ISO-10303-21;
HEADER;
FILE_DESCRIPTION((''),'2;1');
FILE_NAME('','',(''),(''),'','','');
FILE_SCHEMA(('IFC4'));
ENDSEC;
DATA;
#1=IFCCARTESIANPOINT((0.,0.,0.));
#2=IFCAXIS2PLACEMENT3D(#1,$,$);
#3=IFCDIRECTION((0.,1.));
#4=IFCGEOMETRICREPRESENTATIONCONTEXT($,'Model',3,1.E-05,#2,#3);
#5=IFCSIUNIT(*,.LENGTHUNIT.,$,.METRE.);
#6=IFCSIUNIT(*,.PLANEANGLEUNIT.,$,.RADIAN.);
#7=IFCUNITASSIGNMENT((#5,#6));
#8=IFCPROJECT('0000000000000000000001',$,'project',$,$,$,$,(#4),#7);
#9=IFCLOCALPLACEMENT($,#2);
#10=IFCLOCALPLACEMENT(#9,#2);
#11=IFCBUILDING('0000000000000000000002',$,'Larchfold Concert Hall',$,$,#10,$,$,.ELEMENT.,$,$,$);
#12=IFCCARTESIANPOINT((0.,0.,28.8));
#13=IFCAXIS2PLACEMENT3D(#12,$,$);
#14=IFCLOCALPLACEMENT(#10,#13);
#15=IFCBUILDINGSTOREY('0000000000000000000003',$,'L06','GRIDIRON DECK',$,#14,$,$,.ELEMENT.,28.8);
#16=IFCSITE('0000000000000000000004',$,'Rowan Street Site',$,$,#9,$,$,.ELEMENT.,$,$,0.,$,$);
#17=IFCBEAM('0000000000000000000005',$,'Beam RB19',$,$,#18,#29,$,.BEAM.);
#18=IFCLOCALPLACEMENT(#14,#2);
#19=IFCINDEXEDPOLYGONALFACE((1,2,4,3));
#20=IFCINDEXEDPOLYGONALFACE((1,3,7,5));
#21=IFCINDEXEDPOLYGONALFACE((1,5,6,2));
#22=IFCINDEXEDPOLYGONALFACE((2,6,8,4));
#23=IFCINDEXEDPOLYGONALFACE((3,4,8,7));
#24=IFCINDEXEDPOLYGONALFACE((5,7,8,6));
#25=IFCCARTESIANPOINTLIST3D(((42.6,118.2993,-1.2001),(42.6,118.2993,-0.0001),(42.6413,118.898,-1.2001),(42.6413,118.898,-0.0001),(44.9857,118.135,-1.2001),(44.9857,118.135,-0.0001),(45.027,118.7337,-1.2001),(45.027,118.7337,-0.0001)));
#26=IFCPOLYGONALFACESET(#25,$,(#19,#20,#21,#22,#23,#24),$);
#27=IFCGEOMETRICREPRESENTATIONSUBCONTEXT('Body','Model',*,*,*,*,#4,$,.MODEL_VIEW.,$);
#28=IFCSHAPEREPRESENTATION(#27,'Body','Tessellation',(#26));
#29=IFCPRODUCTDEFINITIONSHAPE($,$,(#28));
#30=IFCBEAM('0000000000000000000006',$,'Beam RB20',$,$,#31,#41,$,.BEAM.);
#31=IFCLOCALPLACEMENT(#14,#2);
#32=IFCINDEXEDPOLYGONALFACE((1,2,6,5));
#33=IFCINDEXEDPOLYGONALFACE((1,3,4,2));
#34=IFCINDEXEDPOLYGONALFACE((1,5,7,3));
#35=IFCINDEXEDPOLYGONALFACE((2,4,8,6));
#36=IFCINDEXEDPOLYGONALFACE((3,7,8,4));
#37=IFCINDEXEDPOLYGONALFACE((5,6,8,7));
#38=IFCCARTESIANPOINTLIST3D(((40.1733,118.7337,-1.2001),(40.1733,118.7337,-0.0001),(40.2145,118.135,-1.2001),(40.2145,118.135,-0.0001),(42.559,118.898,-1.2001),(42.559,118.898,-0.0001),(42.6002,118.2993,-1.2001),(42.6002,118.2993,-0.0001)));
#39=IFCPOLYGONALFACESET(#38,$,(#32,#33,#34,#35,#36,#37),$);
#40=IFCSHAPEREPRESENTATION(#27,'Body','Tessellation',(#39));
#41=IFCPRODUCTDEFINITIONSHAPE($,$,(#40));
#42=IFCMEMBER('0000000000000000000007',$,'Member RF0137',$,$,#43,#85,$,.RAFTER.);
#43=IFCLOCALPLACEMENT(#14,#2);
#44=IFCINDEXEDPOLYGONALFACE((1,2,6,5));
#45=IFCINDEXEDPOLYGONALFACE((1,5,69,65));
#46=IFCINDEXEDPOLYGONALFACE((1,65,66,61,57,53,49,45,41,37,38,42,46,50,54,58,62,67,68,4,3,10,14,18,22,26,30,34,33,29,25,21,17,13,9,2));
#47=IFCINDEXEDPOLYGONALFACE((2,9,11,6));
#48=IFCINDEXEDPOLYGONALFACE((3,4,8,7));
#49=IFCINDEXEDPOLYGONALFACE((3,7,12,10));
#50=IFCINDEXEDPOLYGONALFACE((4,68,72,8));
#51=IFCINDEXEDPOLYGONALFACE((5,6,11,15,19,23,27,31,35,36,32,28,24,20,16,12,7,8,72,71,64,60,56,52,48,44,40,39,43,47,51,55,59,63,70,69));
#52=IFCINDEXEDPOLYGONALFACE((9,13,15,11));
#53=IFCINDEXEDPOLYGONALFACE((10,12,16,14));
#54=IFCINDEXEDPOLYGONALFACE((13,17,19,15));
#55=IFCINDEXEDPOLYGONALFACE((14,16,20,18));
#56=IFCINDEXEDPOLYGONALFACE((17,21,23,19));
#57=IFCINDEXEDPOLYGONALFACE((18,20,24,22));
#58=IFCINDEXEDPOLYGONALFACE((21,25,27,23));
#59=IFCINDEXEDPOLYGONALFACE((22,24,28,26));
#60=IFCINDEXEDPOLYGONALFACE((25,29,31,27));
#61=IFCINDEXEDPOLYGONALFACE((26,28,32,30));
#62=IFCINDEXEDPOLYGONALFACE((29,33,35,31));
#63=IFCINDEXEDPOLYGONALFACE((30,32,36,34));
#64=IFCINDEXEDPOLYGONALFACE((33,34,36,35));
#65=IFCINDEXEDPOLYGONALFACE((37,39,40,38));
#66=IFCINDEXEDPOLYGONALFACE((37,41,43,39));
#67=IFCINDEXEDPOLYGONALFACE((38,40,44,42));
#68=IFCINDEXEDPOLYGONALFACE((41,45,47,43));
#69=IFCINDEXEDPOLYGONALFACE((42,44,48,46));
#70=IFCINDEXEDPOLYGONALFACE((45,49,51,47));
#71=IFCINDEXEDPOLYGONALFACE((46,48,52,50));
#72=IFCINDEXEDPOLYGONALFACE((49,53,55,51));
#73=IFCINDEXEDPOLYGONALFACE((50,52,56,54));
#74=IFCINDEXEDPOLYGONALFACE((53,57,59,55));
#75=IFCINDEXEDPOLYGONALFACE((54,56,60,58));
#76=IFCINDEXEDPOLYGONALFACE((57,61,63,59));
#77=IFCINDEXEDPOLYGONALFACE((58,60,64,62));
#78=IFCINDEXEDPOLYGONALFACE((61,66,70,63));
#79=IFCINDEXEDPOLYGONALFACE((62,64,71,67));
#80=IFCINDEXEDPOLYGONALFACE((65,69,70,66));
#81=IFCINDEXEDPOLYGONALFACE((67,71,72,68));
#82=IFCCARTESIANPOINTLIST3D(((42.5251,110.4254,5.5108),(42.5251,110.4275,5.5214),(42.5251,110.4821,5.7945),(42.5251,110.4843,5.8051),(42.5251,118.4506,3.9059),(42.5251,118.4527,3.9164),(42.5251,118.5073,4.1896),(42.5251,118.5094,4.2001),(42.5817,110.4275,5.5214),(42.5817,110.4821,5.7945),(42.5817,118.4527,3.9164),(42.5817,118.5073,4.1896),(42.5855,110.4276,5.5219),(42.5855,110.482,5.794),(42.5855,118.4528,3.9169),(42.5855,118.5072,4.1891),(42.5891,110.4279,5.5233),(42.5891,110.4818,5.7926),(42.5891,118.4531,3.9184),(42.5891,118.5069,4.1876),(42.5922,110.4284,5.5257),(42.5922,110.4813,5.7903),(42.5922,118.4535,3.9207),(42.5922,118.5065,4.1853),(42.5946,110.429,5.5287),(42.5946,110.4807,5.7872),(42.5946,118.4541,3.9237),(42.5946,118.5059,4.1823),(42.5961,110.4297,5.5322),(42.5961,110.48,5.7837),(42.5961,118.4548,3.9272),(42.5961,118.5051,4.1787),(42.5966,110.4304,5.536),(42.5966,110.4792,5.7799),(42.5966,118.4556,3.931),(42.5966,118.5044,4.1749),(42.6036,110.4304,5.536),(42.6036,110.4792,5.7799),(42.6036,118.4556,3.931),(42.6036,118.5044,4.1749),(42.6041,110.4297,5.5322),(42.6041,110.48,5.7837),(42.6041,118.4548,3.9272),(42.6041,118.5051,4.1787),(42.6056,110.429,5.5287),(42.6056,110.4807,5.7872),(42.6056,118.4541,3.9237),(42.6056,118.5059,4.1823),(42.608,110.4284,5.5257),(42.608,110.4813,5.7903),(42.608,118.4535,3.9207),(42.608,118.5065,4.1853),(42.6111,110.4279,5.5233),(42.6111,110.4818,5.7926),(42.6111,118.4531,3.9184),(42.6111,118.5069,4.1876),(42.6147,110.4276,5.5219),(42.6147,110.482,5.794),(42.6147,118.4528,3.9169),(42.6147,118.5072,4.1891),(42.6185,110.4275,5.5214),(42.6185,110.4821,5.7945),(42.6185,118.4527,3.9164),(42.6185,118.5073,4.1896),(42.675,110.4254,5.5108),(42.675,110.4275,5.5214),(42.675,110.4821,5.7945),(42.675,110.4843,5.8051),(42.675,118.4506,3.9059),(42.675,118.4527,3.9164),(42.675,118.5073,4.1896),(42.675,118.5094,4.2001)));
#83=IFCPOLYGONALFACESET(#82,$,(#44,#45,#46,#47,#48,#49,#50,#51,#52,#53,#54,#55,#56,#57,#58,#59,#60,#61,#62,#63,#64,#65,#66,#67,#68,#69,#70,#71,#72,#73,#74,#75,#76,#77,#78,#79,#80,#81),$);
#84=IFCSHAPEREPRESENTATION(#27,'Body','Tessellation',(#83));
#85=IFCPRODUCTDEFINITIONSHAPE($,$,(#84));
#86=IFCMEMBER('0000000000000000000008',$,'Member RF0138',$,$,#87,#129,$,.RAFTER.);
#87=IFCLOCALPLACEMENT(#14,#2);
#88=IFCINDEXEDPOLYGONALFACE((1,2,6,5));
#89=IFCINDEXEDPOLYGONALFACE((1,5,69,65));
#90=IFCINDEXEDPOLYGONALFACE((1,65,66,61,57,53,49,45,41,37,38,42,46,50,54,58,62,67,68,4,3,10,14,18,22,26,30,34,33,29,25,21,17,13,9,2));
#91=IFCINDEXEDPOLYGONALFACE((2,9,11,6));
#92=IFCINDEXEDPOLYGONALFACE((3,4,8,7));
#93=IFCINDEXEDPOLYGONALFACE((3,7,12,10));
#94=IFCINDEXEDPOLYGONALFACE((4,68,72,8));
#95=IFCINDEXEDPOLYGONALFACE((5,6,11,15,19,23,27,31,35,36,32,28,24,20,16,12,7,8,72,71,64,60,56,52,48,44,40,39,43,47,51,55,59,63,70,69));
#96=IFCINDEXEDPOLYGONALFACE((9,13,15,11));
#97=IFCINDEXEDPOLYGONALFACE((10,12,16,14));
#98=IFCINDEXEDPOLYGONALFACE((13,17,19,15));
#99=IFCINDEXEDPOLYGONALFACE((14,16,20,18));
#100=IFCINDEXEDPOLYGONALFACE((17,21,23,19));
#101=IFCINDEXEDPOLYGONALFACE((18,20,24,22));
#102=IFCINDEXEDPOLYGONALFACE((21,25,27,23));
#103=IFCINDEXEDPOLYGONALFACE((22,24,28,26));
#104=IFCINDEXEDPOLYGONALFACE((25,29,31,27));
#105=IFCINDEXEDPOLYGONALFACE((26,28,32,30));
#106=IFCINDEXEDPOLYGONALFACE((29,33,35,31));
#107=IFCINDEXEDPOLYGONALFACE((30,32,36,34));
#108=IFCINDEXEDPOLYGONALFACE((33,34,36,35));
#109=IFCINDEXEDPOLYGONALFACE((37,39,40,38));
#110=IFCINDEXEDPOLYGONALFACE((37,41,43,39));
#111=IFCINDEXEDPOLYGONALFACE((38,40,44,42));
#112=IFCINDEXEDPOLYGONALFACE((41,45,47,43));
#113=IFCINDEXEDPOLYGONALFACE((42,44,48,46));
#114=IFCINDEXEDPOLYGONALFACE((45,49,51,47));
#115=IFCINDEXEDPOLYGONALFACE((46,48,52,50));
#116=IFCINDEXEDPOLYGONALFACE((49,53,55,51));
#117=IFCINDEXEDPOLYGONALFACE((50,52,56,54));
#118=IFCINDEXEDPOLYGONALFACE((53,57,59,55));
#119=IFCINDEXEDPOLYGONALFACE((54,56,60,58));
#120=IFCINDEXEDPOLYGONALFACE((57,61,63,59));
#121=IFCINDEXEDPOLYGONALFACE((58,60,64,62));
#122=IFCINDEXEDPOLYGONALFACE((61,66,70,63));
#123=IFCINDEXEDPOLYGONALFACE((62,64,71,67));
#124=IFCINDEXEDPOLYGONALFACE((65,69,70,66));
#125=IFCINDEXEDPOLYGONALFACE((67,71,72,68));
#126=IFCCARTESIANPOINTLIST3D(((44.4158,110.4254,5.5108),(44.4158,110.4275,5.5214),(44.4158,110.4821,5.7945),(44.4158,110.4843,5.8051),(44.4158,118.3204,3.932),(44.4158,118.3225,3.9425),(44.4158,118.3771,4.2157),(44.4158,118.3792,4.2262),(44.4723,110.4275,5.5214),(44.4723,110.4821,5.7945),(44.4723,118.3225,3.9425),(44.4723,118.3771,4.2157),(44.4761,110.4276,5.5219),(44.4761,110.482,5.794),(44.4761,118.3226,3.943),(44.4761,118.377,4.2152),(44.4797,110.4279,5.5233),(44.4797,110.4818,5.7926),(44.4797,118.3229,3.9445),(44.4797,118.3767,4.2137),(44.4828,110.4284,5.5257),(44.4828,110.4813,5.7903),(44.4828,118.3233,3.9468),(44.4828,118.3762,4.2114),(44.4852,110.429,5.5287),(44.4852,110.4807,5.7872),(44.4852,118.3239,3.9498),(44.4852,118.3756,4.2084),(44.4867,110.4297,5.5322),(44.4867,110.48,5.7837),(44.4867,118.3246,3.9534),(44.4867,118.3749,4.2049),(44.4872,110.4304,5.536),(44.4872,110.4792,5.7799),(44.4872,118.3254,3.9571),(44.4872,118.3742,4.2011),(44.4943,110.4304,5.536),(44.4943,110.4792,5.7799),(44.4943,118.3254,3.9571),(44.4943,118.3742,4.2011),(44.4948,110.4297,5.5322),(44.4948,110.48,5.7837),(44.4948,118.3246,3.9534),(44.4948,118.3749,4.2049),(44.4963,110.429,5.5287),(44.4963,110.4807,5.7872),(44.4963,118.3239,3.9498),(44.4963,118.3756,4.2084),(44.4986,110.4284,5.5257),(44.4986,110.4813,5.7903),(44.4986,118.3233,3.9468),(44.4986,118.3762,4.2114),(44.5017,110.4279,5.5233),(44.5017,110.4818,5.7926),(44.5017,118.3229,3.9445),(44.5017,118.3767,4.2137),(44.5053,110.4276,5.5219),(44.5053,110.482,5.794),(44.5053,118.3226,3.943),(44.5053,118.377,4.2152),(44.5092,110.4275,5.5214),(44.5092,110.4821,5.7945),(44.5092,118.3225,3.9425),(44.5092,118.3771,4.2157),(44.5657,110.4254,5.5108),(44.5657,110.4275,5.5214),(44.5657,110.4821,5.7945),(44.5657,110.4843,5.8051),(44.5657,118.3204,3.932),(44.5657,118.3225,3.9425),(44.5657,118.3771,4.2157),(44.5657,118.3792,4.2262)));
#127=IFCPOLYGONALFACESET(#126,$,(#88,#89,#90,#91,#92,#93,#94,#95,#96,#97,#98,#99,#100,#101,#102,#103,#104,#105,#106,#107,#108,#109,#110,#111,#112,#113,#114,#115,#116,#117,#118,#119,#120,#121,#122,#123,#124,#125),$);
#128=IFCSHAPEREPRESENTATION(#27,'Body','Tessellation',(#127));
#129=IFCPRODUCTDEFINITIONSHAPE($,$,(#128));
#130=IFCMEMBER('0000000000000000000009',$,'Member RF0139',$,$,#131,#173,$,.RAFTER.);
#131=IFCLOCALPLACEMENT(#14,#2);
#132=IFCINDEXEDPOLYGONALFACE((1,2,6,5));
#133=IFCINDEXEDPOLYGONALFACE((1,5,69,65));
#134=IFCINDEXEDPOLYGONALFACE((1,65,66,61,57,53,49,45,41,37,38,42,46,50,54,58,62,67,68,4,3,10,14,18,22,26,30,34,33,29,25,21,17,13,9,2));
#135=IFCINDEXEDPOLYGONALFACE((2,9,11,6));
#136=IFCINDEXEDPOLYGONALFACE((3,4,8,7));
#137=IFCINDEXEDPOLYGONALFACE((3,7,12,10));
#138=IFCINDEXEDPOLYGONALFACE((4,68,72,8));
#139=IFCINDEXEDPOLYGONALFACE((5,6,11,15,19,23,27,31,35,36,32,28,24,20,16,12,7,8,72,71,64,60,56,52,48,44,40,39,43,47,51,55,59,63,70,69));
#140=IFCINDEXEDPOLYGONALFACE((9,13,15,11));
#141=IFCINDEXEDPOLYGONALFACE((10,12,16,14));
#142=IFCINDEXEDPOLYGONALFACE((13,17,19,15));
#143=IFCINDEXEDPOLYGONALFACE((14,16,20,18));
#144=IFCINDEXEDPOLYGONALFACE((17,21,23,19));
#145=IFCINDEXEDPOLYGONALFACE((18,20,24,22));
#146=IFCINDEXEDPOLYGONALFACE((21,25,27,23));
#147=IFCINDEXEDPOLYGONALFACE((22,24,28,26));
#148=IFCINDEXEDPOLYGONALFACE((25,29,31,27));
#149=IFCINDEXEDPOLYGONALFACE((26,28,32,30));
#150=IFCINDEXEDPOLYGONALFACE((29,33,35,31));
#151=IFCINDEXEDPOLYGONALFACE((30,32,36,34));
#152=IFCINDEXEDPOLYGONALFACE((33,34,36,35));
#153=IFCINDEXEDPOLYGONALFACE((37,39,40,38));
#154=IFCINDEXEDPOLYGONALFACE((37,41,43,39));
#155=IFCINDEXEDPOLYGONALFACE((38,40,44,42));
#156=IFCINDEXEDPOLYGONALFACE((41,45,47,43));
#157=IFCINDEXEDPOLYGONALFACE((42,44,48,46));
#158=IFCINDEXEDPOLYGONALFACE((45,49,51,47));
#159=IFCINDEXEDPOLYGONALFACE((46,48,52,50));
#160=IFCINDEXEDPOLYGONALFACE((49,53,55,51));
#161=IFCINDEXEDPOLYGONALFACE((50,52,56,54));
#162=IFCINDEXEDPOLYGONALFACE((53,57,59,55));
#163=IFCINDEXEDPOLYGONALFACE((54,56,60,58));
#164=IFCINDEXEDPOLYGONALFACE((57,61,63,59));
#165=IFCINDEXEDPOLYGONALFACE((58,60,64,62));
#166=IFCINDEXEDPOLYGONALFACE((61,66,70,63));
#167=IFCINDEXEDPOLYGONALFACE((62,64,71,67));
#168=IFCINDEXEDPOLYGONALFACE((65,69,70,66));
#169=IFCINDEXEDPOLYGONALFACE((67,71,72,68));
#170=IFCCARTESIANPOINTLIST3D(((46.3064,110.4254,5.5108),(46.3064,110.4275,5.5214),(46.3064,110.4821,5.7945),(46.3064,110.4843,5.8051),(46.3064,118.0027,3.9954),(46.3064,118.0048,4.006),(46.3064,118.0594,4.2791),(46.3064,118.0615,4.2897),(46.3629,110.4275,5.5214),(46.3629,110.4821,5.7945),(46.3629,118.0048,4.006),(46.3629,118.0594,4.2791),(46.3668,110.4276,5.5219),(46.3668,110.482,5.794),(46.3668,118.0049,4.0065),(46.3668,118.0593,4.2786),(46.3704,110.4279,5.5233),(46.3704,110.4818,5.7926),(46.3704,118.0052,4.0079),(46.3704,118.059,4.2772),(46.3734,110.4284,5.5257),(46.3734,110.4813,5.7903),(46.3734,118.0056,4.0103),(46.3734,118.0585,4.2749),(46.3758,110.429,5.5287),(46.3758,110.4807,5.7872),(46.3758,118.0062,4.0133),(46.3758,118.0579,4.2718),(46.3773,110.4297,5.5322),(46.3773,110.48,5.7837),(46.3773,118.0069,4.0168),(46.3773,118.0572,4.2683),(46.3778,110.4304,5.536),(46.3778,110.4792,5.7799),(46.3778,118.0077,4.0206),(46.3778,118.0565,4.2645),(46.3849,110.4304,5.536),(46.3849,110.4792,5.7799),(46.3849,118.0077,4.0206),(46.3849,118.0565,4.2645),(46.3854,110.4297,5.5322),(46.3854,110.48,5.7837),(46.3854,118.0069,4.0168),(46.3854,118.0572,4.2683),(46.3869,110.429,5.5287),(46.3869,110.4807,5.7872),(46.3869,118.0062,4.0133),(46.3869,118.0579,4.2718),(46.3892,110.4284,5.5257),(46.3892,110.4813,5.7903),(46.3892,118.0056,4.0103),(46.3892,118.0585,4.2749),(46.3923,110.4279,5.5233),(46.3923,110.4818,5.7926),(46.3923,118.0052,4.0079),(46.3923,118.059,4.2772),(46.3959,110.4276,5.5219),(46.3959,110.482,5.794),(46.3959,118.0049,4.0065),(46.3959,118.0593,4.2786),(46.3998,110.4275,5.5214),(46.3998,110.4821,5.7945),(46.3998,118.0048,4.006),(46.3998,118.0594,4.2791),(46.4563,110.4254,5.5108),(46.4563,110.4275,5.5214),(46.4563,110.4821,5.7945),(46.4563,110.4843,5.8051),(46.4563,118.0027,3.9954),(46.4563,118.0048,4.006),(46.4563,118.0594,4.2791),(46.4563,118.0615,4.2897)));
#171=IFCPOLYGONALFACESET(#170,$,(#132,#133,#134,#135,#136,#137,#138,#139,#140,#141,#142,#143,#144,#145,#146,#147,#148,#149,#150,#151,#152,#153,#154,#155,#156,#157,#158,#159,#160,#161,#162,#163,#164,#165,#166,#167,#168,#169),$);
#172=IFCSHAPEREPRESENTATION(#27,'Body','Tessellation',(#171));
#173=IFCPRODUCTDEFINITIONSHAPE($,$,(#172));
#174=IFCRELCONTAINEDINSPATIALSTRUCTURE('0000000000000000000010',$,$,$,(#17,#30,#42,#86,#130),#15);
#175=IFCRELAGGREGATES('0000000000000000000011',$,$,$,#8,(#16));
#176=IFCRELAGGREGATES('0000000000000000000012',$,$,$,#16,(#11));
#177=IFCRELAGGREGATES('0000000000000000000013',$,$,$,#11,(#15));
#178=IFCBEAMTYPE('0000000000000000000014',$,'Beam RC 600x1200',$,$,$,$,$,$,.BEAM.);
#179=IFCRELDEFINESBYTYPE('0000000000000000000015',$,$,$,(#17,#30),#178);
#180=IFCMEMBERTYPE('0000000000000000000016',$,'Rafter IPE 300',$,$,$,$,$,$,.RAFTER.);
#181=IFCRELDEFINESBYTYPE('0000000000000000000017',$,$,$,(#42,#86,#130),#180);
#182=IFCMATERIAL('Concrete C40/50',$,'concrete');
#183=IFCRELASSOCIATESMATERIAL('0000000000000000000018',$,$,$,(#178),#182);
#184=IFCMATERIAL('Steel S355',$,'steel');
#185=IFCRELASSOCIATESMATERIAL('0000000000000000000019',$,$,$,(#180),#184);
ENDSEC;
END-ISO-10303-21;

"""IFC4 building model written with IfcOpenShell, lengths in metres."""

from ifc_helpers import new_model, si_unit, direction, frame, origin, origin_2d, place, context, subcontext, project, spatial, rectangle, i_section, extrude, material, material_profile, profile_set, type_object, element, save


model = new_model("IFC4")

# Units and contexts
model_context = context("Model", 3, precision=1e-05, world=origin(), true_north=direction((0.0, 1.0)))
body_context = subcontext(model_context, "Body", "Model", "MODEL_VIEW")
ifc_project = project(units=[si_unit("LENGTHUNIT", "METRE"), si_unit("PLANEANGLEUNIT", "RADIAN")], contexts=[model_context])

# Site, building, storey
site_placement = place(None, origin())
site = spatial("IfcSite", under=ifc_project, at=site_placement, Name="Rowan Street Site", CompositionType="ELEMENT", RefElevation=0.0)
building_placement = place(site_placement, origin())
building = spatial("IfcBuilding", under=site, at=building_placement, Name="Larchfold Concert Hall", CompositionType="ELEMENT")
storey_placement = place(building_placement, frame((0.0, 0.0, 28.8)))
storey = spatial("IfcBuildingStorey", under=building, at=storey_placement, Name="L06", Description="GRIDIRON DECK", CompositionType="ELEMENT", Elevation=28.8)

# Beams
ifc_material_1 = material(Name="Concrete C40/50", Category="concrete")
ifc_material_profile_1 = material_profile(ifc_material_1, rectangle(XDim=0.6001, YDim=1.2, at=origin_2d()))
ifc_profile_set_1 = profile_set([ifc_material_profile_1], Name="Concrete C40/50")
beam_type_1 = type_object("IfcBeamType", Name="Beam RC 600x1200", PredefinedType="BEAM", material=ifc_profile_set_1)
for number, where, z_axis, x_axis, name in (
    (1, (45.0063, 118.4343, -0.6001), (-0.997637, 0.068707, 0.0), (-0.068707, -0.997637, 0.0), "Beam RB19"),
    (2, (42.5796, 118.5986, -0.6001), (-0.997637, -0.068707, 0.0), (0.068707, -0.997637, 0.0), "Beam RB20"),
):
    element("IfcBeam", number, at=place(storey_placement, frame(where, z_axis=z_axis, x_axis=x_axis)), inside=storey, type_object=beam_type_1, Name=name, PredefinedType="BEAM", context=body_context, shape_type="SweptSolid", body=[
        extrude(rectangle(XDim=0.6001, YDim=1.2, at=origin_2d()), origin(), (0.0, 0.0, 1.0), 2.3914),
    ])

# Members
ifc_material_2 = material(Name="Steel S355", Category="steel")
ifc_material_profile_2 = material_profile(ifc_material_2, i_section(OverallWidth=0.1499, OverallDepth=0.3, WebThickness=0.0071, FlangeThickness=0.0107, FilletRadius=0.0149, at=origin_2d()))
ifc_profile_set_2 = profile_set([ifc_material_profile_2], Name="Steel S355")
member_type_1 = type_object("IfcMemberType", Name="Rafter IPE 300", PredefinedType="RAFTER", material=ifc_profile_set_2)
member_1_placement = place(storey_placement, frame((42.6001, 110.4548, 5.658), z_axis=(0.0, 0.980582, -0.19611), x_axis=(-1.0, 0.0, 0.0)))
element("IfcMember", 3, at=member_1_placement, inside=storey, type_object=member_type_1, Name="Member RF0137", PredefinedType="RAFTER", context=body_context, shape_type="SweptSolid", body=[
    extrude(i_section(OverallWidth=0.1499, OverallDepth=0.3, WebThickness=0.0071, FlangeThickness=0.0107, FilletRadius=0.0149, at=origin_2d()), origin(), (0.0, 0.0, 1.0), 8.1841),
])
member_2_placement = place(storey_placement, frame((44.4907, 110.4548, 5.658), z_axis=(0.0, 0.980584, -0.196099), x_axis=(-1.0, 0.0, 0.0)))
element("IfcMember", 4, at=member_2_placement, inside=storey, type_object=member_type_1, Name="Member RF0138", PredefinedType="RAFTER", context=body_context, shape_type="SweptSolid", body=[
    extrude(i_section(OverallWidth=0.1499, OverallDepth=0.3, WebThickness=0.0071, FlangeThickness=0.0107, FilletRadius=0.0149, at=origin_2d()), origin(), (0.0, 0.0, 1.0), 8.0513),
])
member_3_placement = place(storey_placement, frame((46.3813, 110.4548, 5.658), z_axis=(0.0, 0.980582, -0.19611), x_axis=(-1.0, 0.0, 0.0)))
element("IfcMember", 5, at=member_3_placement, inside=storey, type_object=member_type_1, Name="Member RF0139", PredefinedType="RAFTER", context=body_context, shape_type="SweptSolid", body=[
    extrude(i_section(OverallWidth=0.1499, OverallDepth=0.3, WebThickness=0.0071, FlangeThickness=0.0107, FilletRadius=0.0149, at=origin_2d()), origin(), (0.0, 0.0, 1.0), 7.7273),
])

save(model, "model.ifc")
